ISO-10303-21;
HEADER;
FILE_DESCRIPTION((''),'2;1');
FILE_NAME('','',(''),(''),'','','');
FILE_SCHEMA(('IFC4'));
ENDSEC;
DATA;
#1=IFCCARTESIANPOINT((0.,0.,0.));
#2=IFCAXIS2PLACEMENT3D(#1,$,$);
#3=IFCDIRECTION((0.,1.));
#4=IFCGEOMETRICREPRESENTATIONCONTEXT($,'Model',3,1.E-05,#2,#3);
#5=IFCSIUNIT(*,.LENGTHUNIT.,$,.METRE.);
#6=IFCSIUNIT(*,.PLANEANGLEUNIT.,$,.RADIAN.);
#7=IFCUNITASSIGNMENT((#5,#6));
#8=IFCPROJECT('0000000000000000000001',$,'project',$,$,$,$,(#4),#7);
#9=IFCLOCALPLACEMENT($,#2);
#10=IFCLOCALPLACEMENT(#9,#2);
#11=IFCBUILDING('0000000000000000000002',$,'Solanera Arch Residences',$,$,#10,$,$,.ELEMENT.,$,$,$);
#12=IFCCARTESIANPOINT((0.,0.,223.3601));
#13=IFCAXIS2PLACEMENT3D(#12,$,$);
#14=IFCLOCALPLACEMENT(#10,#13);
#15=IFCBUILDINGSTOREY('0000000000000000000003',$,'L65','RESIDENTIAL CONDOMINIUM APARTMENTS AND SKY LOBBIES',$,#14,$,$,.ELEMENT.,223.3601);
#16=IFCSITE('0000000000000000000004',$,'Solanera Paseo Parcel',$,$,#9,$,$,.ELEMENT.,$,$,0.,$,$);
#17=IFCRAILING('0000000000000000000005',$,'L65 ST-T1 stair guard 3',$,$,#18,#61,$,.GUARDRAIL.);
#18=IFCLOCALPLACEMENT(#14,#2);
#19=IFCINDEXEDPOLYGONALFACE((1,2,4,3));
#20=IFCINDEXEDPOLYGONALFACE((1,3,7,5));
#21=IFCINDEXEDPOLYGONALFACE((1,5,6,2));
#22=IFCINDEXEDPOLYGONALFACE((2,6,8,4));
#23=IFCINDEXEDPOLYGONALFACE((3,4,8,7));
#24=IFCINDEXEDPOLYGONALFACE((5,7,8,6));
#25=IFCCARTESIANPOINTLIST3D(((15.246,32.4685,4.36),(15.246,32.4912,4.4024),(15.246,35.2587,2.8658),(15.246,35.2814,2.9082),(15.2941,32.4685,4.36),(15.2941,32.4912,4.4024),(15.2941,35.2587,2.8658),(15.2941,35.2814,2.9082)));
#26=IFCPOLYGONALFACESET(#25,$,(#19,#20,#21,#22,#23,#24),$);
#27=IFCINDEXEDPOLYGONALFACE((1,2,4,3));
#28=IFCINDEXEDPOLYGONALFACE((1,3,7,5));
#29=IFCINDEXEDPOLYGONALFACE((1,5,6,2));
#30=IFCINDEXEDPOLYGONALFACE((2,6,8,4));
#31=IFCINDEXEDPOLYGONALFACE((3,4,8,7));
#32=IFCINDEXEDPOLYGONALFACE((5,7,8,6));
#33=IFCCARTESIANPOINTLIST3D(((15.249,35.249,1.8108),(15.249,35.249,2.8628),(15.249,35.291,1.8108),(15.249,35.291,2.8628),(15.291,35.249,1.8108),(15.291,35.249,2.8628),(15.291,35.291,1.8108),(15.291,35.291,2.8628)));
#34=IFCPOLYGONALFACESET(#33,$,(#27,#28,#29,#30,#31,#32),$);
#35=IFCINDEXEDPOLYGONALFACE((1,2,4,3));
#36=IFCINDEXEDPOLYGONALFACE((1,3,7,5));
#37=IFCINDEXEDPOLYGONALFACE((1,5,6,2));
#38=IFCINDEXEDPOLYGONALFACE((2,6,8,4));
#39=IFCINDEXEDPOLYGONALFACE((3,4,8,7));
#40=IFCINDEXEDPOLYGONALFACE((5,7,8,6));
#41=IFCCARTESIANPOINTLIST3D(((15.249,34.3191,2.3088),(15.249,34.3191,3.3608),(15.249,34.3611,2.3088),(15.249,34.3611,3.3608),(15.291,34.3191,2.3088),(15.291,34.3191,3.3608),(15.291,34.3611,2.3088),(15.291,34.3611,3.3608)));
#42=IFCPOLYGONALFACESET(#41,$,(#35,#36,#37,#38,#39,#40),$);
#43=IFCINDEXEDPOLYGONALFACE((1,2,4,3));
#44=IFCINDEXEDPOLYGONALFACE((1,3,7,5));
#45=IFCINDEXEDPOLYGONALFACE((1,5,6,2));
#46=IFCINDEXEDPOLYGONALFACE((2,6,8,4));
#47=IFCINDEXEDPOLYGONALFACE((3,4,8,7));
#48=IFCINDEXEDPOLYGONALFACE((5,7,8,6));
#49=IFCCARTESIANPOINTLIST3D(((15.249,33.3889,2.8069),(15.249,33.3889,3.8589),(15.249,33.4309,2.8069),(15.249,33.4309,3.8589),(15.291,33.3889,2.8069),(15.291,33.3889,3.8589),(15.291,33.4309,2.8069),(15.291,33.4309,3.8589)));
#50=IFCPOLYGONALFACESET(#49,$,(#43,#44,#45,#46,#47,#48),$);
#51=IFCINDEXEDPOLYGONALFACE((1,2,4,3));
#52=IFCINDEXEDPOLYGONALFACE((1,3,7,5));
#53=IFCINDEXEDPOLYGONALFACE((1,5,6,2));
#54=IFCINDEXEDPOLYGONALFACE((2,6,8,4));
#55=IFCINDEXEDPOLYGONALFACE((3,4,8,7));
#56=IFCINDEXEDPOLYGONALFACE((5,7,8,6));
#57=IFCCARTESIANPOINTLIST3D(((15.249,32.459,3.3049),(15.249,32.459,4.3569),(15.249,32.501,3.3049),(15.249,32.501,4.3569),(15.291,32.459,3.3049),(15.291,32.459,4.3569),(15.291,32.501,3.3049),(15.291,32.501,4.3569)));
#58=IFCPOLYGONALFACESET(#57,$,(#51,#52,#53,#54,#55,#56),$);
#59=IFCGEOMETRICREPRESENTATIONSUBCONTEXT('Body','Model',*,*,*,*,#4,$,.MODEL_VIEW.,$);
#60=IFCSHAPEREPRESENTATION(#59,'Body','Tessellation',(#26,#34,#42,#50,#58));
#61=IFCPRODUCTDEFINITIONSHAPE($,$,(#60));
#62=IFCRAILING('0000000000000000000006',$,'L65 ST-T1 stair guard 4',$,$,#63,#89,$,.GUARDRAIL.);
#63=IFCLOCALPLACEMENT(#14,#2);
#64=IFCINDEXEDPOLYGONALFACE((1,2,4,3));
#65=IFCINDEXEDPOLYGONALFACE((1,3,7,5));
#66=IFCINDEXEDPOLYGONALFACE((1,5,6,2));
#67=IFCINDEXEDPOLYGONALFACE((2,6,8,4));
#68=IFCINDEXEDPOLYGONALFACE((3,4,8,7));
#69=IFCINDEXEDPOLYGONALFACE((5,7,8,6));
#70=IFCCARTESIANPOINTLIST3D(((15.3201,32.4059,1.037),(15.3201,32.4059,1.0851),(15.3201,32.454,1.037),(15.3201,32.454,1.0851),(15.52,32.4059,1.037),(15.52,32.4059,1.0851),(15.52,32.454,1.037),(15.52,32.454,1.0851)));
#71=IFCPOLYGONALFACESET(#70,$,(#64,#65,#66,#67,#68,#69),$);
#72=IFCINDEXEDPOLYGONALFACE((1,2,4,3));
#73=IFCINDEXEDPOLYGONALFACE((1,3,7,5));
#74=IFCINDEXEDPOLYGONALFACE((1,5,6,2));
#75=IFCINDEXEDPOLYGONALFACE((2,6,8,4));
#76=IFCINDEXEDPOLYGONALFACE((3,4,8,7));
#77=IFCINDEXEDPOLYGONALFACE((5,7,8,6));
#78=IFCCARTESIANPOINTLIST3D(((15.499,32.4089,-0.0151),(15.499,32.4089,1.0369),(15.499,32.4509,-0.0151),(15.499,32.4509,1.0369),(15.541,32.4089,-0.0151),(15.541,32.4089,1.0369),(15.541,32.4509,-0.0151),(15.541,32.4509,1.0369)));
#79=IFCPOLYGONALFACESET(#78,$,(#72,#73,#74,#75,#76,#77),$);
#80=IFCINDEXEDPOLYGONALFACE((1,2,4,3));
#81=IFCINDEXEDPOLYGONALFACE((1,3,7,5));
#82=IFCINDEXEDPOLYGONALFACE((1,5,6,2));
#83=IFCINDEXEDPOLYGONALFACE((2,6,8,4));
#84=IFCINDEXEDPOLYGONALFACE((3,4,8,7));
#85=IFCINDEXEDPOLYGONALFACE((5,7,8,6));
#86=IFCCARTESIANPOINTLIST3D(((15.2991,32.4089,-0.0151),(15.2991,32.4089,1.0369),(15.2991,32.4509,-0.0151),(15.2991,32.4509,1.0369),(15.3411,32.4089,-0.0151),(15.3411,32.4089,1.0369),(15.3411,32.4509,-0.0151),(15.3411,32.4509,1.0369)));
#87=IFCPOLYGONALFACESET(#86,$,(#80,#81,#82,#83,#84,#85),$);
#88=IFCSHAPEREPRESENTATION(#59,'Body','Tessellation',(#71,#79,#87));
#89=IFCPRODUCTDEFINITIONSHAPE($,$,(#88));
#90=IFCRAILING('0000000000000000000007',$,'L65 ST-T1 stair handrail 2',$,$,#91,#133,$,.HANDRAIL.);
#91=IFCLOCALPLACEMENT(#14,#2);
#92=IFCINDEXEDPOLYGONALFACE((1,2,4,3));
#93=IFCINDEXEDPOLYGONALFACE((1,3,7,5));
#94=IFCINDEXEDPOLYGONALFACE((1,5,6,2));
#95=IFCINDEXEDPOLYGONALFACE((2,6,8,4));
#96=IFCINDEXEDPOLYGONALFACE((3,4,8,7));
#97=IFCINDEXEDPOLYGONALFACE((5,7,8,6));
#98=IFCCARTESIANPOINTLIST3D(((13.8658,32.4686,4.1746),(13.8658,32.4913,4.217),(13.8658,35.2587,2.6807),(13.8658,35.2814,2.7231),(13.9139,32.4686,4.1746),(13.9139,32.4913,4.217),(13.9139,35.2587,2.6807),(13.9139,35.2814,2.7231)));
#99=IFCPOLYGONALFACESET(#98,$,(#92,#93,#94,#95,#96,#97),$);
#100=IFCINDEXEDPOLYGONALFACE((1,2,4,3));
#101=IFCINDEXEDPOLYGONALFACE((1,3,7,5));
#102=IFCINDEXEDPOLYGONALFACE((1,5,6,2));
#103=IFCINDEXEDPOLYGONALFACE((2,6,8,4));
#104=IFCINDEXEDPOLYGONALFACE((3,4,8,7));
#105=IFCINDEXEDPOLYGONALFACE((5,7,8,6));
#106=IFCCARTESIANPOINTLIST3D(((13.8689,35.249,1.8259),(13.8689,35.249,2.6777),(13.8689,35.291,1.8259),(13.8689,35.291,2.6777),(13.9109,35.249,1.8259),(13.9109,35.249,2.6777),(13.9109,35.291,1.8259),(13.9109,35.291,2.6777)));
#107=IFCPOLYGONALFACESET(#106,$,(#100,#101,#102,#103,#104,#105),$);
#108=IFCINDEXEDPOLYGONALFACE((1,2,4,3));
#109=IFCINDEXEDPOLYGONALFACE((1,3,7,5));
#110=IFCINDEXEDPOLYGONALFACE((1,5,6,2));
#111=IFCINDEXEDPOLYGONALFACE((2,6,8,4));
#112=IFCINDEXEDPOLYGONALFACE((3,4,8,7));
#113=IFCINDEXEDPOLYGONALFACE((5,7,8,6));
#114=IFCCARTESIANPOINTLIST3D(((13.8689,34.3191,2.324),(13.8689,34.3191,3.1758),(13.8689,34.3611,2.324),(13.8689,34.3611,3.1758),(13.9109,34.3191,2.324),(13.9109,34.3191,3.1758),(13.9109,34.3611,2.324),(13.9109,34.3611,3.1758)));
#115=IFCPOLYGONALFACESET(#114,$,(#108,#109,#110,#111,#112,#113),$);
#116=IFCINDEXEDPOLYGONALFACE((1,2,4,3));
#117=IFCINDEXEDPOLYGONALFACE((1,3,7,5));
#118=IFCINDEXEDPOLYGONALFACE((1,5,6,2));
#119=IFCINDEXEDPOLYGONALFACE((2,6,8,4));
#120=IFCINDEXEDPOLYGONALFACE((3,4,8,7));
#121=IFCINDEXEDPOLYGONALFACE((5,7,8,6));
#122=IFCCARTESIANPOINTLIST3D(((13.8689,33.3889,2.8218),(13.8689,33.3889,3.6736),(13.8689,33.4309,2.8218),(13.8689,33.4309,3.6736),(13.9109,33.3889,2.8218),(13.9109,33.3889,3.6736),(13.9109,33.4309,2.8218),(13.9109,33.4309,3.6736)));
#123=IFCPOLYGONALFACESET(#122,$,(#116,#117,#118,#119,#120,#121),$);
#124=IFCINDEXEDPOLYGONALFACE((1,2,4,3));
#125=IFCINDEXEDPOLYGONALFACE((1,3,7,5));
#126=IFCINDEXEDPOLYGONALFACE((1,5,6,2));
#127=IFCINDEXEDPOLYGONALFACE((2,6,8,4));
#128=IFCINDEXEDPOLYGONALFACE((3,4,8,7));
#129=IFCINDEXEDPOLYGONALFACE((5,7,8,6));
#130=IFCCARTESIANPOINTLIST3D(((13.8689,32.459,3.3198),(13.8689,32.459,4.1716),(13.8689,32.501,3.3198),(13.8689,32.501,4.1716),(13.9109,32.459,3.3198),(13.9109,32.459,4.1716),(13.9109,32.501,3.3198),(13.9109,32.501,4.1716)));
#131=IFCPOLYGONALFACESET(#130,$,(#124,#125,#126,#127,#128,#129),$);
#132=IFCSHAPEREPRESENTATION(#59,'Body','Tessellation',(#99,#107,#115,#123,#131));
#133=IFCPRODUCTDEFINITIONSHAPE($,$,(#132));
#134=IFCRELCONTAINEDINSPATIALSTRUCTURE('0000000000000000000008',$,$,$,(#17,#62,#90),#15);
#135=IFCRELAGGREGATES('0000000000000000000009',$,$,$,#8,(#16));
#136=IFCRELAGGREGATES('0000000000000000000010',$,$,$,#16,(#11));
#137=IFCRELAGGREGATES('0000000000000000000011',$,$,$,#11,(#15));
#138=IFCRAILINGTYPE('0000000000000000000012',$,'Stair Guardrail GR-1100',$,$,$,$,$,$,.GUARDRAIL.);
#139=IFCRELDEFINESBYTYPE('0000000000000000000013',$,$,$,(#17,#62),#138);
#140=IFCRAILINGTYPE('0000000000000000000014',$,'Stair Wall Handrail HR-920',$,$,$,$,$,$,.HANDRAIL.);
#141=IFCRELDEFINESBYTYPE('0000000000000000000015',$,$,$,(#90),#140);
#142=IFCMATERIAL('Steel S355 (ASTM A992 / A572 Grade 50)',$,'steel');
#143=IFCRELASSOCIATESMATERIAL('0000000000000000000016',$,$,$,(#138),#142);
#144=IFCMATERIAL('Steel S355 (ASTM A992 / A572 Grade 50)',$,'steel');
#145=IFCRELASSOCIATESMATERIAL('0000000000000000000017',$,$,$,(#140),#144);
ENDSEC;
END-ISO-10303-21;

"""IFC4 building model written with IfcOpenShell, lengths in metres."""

from ifc_helpers import new_model, si_unit, direction, frame, origin, origin_2d, place, context, subcontext, project, spatial, rectangle, extrude, material, type_object, element, save


model = new_model("IFC4")

# Units and contexts
model_context = context("Model", 3, precision=1e-05, world=origin(), true_north=direction((0.0, 1.0)))
body_context = subcontext(model_context, "Body", "Model", "MODEL_VIEW")
ifc_project = project(units=[si_unit("LENGTHUNIT", "METRE"), si_unit("PLANEANGLEUNIT", "RADIAN")], contexts=[model_context])

# Site, building, storey
site_placement = place(None, origin())
site = spatial("IfcSite", under=ifc_project, at=site_placement, Name="Solanera Paseo Parcel", CompositionType="ELEMENT", RefElevation=0.0)
building_placement = place(site_placement, origin())
building = spatial("IfcBuilding", under=site, at=building_placement, Name="Solanera Arch Residences", CompositionType="ELEMENT")
storey_placement = place(building_placement, frame((0.0, 0.0, 223.3601)))
storey = spatial("IfcBuildingStorey", under=building, at=storey_placement, Name="L65", Description="RESIDENTIAL CONDOMINIUM APARTMENTS AND SKY LOBBIES", CompositionType="ELEMENT", Elevation=223.3601)

# Railings
ifc_material_1 = material(Name="Steel S355 (ASTM A992 / A572 Grade 50)", Category="steel")
railing_type_1 = type_object("IfcRailingType", Name="Stair Guardrail GR-1100", PredefinedType="GUARDRAIL", material=ifc_material_1)
railing_1_placement = place(storey_placement, frame((15.27, 35.27, 1.8108)))
element("IfcRailing", 1, at=railing_1_placement, inside=storey, type_object=railing_type_1, Name="L65 ST-T1 stair guard 3", PredefinedType="GUARDRAIL", context=body_context, shape_type="SweptSolid", body=[
    extrude(rectangle(XDim=0.0481, YDim=0.0481, at=origin_2d()), frame((0.0, 0.0, 1.0762), z_axis=(0.0, -0.881549, 0.472093), x_axis=(1.0, 0.0, 0.0)), (0.0, 0.0, 1.0), 3.165),
    extrude(rectangle(XDim=0.042, YDim=0.042, at=origin_2d()), origin(), (0.0, 0.0, 1.0), 1.052),
    extrude(rectangle(XDim=0.042, YDim=0.042, at=origin_2d()), frame((0.0, -0.9299, 0.498)), (0.0, 0.0, 1.0), 1.052),
    extrude(rectangle(XDim=0.042, YDim=0.042, at=origin_2d()), frame((0.0, -1.8601, 0.9961)), (0.0, 0.0, 1.0), 1.052),
    extrude(rectangle(XDim=0.042, YDim=0.042, at=origin_2d()), frame((0.0, -2.79, 1.4941)), (0.0, 0.0, 1.0), 1.052),
])
railing_2_placement = place(storey_placement, frame((15.52, 32.4299, -0.0151)))
element("IfcRailing", 2, at=railing_2_placement, inside=storey, type_object=railing_type_1, Name="L65 ST-T1 stair guard 4", PredefinedType="GUARDRAIL", context=body_context, shape_type="SweptSolid", body=[
    extrude(rectangle(XDim=0.0481, YDim=0.0481, at=origin_2d()), frame((0.0, 0.0, 1.0762), z_axis=(-1.0, 0.0, 0.0), x_axis=(0.0, -1.0, 0.0)), (0.0, 0.0, 1.0), 0.2),
    extrude(rectangle(XDim=0.042, YDim=0.042, at=origin_2d()), origin(), (0.0, 0.0, 1.0), 1.052),
    extrude(rectangle(XDim=0.042, YDim=0.042, at=origin_2d()), frame((-0.2, 0.0, 0.0)), (0.0, 0.0, 1.0), 1.052),
])
ifc_material_2 = material(Name="Steel S355 (ASTM A992 / A572 Grade 50)", Category="steel")
railing_type_2 = type_object("IfcRailingType", Name="Stair Wall Handrail HR-920", PredefinedType="HANDRAIL", material=ifc_material_2)
railing_3_placement = place(storey_placement, frame((13.8899, 35.27, 1.8259)))
element("IfcRailing", 3, at=railing_3_placement, inside=storey, type_object=railing_type_2, Name="L65 ST-T1 stair handrail 2", PredefinedType="HANDRAIL", context=body_context, shape_type="SweptSolid", body=[
    extrude(rectangle(XDim=0.0481, YDim=0.0481, at=origin_2d()), frame((0.0, 0.0, 0.876), z_axis=(0.0, -0.881581, 0.472033), x_axis=(1.0, 0.0, 0.0)), (0.0, 0.0, 1.0), 3.1648),
    extrude(rectangle(XDim=0.042, YDim=0.042, at=origin_2d()), origin(), (0.0, 0.0, 1.0), 0.8518),
    extrude(rectangle(XDim=0.042, YDim=0.042, at=origin_2d()), frame((0.0, -0.9299, 0.498)), (0.0, 0.0, 1.0), 0.8518),
    extrude(rectangle(XDim=0.042, YDim=0.042, at=origin_2d()), frame((0.0, -1.8601, 0.9958)), (0.0, 0.0, 1.0), 0.8518),
    extrude(rectangle(XDim=0.042, YDim=0.042, at=origin_2d()), frame((0.0, -2.79, 1.4939)), (0.0, 0.0, 1.0), 0.8518),
])

save(model, "model.ifc")
